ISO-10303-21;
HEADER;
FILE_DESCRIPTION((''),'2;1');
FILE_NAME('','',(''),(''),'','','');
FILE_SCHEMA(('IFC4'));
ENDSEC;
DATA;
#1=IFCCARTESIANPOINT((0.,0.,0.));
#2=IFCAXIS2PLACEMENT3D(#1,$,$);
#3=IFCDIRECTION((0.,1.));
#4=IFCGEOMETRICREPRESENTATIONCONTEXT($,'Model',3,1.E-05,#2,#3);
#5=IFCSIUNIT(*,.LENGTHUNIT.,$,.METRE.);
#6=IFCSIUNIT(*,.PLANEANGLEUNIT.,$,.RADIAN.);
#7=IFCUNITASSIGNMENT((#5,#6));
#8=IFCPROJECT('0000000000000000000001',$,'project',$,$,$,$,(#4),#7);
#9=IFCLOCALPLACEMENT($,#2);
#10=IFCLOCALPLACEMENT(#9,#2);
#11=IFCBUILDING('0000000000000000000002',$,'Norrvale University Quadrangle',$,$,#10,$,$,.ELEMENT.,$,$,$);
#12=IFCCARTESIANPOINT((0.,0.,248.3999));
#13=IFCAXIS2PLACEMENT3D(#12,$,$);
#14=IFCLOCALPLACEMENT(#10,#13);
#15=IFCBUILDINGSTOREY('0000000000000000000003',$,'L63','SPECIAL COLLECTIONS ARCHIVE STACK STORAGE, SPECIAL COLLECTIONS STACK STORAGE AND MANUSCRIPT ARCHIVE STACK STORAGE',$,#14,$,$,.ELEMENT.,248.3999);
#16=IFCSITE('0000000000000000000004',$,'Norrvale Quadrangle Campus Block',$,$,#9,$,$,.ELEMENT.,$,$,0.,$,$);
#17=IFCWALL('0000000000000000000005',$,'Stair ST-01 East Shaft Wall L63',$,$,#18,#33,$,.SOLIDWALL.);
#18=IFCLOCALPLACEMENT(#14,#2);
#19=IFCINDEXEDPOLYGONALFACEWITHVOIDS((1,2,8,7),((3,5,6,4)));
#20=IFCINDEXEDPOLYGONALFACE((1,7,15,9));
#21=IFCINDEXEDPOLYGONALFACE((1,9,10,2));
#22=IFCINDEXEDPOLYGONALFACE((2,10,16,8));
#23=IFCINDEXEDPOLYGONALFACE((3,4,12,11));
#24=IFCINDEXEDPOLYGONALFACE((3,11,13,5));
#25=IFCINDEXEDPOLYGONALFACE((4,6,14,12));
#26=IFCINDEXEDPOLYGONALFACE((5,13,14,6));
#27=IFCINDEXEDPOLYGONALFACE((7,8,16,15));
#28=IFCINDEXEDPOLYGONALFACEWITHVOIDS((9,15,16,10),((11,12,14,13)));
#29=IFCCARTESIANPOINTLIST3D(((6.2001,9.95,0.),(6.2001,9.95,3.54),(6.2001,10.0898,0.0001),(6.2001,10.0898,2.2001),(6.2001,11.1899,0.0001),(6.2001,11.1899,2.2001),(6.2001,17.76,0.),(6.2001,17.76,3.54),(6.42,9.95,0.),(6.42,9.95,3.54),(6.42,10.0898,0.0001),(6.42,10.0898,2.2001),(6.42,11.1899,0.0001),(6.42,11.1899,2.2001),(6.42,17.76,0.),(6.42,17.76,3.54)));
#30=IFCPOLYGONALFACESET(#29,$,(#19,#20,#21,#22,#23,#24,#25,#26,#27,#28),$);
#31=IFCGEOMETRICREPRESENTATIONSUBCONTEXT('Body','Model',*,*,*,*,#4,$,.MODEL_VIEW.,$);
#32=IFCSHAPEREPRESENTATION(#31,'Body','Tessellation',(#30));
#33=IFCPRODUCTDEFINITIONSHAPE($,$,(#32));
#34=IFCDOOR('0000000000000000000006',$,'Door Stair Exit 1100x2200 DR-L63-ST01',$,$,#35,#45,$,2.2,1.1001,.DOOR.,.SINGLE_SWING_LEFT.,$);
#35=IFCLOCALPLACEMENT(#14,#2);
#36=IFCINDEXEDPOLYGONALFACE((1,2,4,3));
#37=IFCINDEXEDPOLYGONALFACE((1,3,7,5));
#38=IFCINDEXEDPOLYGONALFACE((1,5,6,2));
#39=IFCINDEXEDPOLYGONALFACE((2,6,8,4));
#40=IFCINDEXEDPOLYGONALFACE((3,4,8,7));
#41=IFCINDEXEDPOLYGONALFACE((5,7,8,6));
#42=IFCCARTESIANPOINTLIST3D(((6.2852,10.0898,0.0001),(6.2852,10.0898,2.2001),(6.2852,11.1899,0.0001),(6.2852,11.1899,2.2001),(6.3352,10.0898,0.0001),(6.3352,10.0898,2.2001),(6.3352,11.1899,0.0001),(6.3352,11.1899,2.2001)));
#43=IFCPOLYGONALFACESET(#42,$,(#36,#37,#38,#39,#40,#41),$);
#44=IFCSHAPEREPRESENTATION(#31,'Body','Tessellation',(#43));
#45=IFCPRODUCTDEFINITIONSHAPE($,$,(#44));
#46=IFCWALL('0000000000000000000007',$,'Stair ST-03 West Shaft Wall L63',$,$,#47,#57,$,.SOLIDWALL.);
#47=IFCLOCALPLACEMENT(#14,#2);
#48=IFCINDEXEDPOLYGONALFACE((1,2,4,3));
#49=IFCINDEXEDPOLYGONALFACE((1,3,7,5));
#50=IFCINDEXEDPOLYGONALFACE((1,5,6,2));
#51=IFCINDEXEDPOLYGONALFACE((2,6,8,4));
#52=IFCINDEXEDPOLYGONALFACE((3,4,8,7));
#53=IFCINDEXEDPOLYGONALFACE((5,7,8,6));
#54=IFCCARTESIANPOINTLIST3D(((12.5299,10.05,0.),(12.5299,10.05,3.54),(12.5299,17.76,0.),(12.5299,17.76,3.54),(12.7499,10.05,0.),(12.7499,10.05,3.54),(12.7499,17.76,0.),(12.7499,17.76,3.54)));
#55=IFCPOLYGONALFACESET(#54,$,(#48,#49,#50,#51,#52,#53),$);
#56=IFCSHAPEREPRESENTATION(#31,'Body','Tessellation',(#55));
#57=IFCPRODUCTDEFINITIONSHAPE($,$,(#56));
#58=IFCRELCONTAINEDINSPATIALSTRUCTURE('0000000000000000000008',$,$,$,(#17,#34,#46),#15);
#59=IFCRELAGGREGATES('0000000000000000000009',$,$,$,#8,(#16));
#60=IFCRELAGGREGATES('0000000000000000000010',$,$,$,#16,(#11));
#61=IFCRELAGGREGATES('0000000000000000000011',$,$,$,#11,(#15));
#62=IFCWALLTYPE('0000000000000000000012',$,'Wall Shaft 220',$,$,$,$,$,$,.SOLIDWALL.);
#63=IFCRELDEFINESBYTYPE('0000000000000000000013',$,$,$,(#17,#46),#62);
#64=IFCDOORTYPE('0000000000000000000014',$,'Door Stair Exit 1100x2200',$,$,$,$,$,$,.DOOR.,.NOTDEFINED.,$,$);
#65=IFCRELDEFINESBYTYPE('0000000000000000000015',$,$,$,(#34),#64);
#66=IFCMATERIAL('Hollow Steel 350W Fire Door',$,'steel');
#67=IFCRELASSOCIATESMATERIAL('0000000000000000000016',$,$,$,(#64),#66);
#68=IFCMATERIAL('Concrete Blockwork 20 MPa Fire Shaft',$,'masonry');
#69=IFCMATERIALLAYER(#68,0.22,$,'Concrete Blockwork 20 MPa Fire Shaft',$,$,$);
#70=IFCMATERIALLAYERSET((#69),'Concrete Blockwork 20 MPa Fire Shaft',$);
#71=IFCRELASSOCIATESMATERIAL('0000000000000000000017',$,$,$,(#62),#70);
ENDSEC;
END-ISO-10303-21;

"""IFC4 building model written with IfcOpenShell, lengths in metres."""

from ifc_helpers import new_model, si_unit, direction, frame, frame_2d, origin, place, context, subcontext, project, spatial, rectangle, extrude, material, layer, layer_set, type_object, element, fill, save


model = new_model("IFC4")

# Units and contexts
model_context = context("Model", 3, precision=1e-05, world=origin(), true_north=direction((0.0, 1.0)))
body_context = subcontext(model_context, "Body", "Model", "MODEL_VIEW")
ifc_project = project(units=[si_unit("LENGTHUNIT", "METRE"), si_unit("PLANEANGLEUNIT", "RADIAN")], contexts=[model_context])

# Site, building, storey
site_placement = place(None, origin())
site = spatial("IfcSite", under=ifc_project, at=site_placement, Name="Norrvale Quadrangle Campus Block", CompositionType="ELEMENT", RefElevation=0.0)
building_placement = place(site_placement, origin())
building = spatial("IfcBuilding", under=site, at=building_placement, Name="Norrvale University Quadrangle", CompositionType="ELEMENT")
storey_placement = place(building_placement, frame((0.0, 0.0, 248.3999)))
storey = spatial("IfcBuildingStorey", under=building, at=storey_placement, Name="L63", Description="SPECIAL COLLECTIONS ARCHIVE STACK STORAGE, SPECIAL COLLECTIONS STACK STORAGE AND MANUSCRIPT ARCHIVE STACK STORAGE", CompositionType="ELEMENT", Elevation=248.3999)

# Shared definitions
ifc_material_1 = material(Name="Hollow Steel 350W Fire Door", Category="steel")
door_type = type_object("IfcDoorType", Name="Door Stair Exit 1100x2200", OperationType="NOTDEFINED", PredefinedType="DOOR", material=ifc_material_1)

# Wall, opening, door
ifc_material_2 = material(Name="Concrete Blockwork 20 MPa Fire Shaft", Category="masonry")
ifc_layer_1 = layer(ifc_material_2, 0.22, Name="Concrete Blockwork 20 MPa Fire Shaft")
ifc_layer_set_1 = layer_set([ifc_layer_1], Name="Concrete Blockwork 20 MPa Fire Shaft")
wall_type_1 = type_object("IfcWallType", Name="Wall Shaft 220", PredefinedType="SOLIDWALL", material=ifc_layer_set_1)
wall_1_placement = place(storey_placement, frame((6.3101, 9.95, 0.0), z_axis=(0.0, 0.0, 1.0), x_axis=(0.0, 1.0, 0.0)))
wall_1 = element("IfcWall", 1, at=wall_1_placement, inside=storey, type_object=wall_type_1, Name="Stair ST-01 East Shaft Wall L63", PredefinedType="SOLIDWALL", context=body_context, shape_type="SweptSolid", body=[
    extrude(rectangle(XDim=7.8101, YDim=0.22, at=frame_2d((3.905, 0.0))), origin(), (0.0, 0.0, 1.0), 3.54),
])
opening_1_placement = place(wall_1_placement, frame((0.1399, 0.0, 0.0)))
opening_1 = element("IfcOpeningElement", 2, at=opening_1_placement, cuts=wall_1, PredefinedType="OPENING", context=body_context, shape_type="SweptSolid", body=[
    extrude(rectangle(XDim=1.1001, YDim=2.2, at=frame_2d((0.55, 1.1001))), frame((0.0, 0.1221, 0.0), z_axis=(0.0, -1.0, 0.0), x_axis=(1.0, 0.0, 0.0)), (0.0, 0.0, 1.0), 0.2439),
])
door_1_placement = place(opening_1_placement, origin())
door_1 = element("IfcDoor", 3, at=door_1_placement, inside=storey, type_object=door_type, Name="Door Stair Exit 1100x2200 DR-L63-ST01", OperationType="SINGLE_SWING_LEFT", OverallHeight=2.2, OverallWidth=1.1001, PredefinedType="DOOR", context=body_context, shape_type="SweptSolid", body=[
    extrude(rectangle(XDim=1.1001, YDim=2.2, at=frame_2d((0.55, 1.1001))), frame((0.0, 0.0249, 0.0), z_axis=(0.0, -1.0, 0.0), x_axis=(1.0, 0.0, 0.0)), (0.0, 0.0, 1.0), 0.05),
])
fill(opening_1, door_1)

# Wall
wall_2_placement = place(storey_placement, frame((12.6399, 10.05, 0.0), z_axis=(0.0, 0.0, 1.0), x_axis=(0.0, 1.0, 0.0)))
element("IfcWall", 4, at=wall_2_placement, inside=storey, type_object=wall_type_1, Name="Stair ST-03 West Shaft Wall L63", PredefinedType="SOLIDWALL", context=body_context, shape_type="SweptSolid", body=[
    extrude(rectangle(XDim=7.71, YDim=0.22, at=frame_2d((3.855, 0.0))), origin(), (0.0, 0.0, 1.0), 3.54),
])

save(model, "model.ifc")
